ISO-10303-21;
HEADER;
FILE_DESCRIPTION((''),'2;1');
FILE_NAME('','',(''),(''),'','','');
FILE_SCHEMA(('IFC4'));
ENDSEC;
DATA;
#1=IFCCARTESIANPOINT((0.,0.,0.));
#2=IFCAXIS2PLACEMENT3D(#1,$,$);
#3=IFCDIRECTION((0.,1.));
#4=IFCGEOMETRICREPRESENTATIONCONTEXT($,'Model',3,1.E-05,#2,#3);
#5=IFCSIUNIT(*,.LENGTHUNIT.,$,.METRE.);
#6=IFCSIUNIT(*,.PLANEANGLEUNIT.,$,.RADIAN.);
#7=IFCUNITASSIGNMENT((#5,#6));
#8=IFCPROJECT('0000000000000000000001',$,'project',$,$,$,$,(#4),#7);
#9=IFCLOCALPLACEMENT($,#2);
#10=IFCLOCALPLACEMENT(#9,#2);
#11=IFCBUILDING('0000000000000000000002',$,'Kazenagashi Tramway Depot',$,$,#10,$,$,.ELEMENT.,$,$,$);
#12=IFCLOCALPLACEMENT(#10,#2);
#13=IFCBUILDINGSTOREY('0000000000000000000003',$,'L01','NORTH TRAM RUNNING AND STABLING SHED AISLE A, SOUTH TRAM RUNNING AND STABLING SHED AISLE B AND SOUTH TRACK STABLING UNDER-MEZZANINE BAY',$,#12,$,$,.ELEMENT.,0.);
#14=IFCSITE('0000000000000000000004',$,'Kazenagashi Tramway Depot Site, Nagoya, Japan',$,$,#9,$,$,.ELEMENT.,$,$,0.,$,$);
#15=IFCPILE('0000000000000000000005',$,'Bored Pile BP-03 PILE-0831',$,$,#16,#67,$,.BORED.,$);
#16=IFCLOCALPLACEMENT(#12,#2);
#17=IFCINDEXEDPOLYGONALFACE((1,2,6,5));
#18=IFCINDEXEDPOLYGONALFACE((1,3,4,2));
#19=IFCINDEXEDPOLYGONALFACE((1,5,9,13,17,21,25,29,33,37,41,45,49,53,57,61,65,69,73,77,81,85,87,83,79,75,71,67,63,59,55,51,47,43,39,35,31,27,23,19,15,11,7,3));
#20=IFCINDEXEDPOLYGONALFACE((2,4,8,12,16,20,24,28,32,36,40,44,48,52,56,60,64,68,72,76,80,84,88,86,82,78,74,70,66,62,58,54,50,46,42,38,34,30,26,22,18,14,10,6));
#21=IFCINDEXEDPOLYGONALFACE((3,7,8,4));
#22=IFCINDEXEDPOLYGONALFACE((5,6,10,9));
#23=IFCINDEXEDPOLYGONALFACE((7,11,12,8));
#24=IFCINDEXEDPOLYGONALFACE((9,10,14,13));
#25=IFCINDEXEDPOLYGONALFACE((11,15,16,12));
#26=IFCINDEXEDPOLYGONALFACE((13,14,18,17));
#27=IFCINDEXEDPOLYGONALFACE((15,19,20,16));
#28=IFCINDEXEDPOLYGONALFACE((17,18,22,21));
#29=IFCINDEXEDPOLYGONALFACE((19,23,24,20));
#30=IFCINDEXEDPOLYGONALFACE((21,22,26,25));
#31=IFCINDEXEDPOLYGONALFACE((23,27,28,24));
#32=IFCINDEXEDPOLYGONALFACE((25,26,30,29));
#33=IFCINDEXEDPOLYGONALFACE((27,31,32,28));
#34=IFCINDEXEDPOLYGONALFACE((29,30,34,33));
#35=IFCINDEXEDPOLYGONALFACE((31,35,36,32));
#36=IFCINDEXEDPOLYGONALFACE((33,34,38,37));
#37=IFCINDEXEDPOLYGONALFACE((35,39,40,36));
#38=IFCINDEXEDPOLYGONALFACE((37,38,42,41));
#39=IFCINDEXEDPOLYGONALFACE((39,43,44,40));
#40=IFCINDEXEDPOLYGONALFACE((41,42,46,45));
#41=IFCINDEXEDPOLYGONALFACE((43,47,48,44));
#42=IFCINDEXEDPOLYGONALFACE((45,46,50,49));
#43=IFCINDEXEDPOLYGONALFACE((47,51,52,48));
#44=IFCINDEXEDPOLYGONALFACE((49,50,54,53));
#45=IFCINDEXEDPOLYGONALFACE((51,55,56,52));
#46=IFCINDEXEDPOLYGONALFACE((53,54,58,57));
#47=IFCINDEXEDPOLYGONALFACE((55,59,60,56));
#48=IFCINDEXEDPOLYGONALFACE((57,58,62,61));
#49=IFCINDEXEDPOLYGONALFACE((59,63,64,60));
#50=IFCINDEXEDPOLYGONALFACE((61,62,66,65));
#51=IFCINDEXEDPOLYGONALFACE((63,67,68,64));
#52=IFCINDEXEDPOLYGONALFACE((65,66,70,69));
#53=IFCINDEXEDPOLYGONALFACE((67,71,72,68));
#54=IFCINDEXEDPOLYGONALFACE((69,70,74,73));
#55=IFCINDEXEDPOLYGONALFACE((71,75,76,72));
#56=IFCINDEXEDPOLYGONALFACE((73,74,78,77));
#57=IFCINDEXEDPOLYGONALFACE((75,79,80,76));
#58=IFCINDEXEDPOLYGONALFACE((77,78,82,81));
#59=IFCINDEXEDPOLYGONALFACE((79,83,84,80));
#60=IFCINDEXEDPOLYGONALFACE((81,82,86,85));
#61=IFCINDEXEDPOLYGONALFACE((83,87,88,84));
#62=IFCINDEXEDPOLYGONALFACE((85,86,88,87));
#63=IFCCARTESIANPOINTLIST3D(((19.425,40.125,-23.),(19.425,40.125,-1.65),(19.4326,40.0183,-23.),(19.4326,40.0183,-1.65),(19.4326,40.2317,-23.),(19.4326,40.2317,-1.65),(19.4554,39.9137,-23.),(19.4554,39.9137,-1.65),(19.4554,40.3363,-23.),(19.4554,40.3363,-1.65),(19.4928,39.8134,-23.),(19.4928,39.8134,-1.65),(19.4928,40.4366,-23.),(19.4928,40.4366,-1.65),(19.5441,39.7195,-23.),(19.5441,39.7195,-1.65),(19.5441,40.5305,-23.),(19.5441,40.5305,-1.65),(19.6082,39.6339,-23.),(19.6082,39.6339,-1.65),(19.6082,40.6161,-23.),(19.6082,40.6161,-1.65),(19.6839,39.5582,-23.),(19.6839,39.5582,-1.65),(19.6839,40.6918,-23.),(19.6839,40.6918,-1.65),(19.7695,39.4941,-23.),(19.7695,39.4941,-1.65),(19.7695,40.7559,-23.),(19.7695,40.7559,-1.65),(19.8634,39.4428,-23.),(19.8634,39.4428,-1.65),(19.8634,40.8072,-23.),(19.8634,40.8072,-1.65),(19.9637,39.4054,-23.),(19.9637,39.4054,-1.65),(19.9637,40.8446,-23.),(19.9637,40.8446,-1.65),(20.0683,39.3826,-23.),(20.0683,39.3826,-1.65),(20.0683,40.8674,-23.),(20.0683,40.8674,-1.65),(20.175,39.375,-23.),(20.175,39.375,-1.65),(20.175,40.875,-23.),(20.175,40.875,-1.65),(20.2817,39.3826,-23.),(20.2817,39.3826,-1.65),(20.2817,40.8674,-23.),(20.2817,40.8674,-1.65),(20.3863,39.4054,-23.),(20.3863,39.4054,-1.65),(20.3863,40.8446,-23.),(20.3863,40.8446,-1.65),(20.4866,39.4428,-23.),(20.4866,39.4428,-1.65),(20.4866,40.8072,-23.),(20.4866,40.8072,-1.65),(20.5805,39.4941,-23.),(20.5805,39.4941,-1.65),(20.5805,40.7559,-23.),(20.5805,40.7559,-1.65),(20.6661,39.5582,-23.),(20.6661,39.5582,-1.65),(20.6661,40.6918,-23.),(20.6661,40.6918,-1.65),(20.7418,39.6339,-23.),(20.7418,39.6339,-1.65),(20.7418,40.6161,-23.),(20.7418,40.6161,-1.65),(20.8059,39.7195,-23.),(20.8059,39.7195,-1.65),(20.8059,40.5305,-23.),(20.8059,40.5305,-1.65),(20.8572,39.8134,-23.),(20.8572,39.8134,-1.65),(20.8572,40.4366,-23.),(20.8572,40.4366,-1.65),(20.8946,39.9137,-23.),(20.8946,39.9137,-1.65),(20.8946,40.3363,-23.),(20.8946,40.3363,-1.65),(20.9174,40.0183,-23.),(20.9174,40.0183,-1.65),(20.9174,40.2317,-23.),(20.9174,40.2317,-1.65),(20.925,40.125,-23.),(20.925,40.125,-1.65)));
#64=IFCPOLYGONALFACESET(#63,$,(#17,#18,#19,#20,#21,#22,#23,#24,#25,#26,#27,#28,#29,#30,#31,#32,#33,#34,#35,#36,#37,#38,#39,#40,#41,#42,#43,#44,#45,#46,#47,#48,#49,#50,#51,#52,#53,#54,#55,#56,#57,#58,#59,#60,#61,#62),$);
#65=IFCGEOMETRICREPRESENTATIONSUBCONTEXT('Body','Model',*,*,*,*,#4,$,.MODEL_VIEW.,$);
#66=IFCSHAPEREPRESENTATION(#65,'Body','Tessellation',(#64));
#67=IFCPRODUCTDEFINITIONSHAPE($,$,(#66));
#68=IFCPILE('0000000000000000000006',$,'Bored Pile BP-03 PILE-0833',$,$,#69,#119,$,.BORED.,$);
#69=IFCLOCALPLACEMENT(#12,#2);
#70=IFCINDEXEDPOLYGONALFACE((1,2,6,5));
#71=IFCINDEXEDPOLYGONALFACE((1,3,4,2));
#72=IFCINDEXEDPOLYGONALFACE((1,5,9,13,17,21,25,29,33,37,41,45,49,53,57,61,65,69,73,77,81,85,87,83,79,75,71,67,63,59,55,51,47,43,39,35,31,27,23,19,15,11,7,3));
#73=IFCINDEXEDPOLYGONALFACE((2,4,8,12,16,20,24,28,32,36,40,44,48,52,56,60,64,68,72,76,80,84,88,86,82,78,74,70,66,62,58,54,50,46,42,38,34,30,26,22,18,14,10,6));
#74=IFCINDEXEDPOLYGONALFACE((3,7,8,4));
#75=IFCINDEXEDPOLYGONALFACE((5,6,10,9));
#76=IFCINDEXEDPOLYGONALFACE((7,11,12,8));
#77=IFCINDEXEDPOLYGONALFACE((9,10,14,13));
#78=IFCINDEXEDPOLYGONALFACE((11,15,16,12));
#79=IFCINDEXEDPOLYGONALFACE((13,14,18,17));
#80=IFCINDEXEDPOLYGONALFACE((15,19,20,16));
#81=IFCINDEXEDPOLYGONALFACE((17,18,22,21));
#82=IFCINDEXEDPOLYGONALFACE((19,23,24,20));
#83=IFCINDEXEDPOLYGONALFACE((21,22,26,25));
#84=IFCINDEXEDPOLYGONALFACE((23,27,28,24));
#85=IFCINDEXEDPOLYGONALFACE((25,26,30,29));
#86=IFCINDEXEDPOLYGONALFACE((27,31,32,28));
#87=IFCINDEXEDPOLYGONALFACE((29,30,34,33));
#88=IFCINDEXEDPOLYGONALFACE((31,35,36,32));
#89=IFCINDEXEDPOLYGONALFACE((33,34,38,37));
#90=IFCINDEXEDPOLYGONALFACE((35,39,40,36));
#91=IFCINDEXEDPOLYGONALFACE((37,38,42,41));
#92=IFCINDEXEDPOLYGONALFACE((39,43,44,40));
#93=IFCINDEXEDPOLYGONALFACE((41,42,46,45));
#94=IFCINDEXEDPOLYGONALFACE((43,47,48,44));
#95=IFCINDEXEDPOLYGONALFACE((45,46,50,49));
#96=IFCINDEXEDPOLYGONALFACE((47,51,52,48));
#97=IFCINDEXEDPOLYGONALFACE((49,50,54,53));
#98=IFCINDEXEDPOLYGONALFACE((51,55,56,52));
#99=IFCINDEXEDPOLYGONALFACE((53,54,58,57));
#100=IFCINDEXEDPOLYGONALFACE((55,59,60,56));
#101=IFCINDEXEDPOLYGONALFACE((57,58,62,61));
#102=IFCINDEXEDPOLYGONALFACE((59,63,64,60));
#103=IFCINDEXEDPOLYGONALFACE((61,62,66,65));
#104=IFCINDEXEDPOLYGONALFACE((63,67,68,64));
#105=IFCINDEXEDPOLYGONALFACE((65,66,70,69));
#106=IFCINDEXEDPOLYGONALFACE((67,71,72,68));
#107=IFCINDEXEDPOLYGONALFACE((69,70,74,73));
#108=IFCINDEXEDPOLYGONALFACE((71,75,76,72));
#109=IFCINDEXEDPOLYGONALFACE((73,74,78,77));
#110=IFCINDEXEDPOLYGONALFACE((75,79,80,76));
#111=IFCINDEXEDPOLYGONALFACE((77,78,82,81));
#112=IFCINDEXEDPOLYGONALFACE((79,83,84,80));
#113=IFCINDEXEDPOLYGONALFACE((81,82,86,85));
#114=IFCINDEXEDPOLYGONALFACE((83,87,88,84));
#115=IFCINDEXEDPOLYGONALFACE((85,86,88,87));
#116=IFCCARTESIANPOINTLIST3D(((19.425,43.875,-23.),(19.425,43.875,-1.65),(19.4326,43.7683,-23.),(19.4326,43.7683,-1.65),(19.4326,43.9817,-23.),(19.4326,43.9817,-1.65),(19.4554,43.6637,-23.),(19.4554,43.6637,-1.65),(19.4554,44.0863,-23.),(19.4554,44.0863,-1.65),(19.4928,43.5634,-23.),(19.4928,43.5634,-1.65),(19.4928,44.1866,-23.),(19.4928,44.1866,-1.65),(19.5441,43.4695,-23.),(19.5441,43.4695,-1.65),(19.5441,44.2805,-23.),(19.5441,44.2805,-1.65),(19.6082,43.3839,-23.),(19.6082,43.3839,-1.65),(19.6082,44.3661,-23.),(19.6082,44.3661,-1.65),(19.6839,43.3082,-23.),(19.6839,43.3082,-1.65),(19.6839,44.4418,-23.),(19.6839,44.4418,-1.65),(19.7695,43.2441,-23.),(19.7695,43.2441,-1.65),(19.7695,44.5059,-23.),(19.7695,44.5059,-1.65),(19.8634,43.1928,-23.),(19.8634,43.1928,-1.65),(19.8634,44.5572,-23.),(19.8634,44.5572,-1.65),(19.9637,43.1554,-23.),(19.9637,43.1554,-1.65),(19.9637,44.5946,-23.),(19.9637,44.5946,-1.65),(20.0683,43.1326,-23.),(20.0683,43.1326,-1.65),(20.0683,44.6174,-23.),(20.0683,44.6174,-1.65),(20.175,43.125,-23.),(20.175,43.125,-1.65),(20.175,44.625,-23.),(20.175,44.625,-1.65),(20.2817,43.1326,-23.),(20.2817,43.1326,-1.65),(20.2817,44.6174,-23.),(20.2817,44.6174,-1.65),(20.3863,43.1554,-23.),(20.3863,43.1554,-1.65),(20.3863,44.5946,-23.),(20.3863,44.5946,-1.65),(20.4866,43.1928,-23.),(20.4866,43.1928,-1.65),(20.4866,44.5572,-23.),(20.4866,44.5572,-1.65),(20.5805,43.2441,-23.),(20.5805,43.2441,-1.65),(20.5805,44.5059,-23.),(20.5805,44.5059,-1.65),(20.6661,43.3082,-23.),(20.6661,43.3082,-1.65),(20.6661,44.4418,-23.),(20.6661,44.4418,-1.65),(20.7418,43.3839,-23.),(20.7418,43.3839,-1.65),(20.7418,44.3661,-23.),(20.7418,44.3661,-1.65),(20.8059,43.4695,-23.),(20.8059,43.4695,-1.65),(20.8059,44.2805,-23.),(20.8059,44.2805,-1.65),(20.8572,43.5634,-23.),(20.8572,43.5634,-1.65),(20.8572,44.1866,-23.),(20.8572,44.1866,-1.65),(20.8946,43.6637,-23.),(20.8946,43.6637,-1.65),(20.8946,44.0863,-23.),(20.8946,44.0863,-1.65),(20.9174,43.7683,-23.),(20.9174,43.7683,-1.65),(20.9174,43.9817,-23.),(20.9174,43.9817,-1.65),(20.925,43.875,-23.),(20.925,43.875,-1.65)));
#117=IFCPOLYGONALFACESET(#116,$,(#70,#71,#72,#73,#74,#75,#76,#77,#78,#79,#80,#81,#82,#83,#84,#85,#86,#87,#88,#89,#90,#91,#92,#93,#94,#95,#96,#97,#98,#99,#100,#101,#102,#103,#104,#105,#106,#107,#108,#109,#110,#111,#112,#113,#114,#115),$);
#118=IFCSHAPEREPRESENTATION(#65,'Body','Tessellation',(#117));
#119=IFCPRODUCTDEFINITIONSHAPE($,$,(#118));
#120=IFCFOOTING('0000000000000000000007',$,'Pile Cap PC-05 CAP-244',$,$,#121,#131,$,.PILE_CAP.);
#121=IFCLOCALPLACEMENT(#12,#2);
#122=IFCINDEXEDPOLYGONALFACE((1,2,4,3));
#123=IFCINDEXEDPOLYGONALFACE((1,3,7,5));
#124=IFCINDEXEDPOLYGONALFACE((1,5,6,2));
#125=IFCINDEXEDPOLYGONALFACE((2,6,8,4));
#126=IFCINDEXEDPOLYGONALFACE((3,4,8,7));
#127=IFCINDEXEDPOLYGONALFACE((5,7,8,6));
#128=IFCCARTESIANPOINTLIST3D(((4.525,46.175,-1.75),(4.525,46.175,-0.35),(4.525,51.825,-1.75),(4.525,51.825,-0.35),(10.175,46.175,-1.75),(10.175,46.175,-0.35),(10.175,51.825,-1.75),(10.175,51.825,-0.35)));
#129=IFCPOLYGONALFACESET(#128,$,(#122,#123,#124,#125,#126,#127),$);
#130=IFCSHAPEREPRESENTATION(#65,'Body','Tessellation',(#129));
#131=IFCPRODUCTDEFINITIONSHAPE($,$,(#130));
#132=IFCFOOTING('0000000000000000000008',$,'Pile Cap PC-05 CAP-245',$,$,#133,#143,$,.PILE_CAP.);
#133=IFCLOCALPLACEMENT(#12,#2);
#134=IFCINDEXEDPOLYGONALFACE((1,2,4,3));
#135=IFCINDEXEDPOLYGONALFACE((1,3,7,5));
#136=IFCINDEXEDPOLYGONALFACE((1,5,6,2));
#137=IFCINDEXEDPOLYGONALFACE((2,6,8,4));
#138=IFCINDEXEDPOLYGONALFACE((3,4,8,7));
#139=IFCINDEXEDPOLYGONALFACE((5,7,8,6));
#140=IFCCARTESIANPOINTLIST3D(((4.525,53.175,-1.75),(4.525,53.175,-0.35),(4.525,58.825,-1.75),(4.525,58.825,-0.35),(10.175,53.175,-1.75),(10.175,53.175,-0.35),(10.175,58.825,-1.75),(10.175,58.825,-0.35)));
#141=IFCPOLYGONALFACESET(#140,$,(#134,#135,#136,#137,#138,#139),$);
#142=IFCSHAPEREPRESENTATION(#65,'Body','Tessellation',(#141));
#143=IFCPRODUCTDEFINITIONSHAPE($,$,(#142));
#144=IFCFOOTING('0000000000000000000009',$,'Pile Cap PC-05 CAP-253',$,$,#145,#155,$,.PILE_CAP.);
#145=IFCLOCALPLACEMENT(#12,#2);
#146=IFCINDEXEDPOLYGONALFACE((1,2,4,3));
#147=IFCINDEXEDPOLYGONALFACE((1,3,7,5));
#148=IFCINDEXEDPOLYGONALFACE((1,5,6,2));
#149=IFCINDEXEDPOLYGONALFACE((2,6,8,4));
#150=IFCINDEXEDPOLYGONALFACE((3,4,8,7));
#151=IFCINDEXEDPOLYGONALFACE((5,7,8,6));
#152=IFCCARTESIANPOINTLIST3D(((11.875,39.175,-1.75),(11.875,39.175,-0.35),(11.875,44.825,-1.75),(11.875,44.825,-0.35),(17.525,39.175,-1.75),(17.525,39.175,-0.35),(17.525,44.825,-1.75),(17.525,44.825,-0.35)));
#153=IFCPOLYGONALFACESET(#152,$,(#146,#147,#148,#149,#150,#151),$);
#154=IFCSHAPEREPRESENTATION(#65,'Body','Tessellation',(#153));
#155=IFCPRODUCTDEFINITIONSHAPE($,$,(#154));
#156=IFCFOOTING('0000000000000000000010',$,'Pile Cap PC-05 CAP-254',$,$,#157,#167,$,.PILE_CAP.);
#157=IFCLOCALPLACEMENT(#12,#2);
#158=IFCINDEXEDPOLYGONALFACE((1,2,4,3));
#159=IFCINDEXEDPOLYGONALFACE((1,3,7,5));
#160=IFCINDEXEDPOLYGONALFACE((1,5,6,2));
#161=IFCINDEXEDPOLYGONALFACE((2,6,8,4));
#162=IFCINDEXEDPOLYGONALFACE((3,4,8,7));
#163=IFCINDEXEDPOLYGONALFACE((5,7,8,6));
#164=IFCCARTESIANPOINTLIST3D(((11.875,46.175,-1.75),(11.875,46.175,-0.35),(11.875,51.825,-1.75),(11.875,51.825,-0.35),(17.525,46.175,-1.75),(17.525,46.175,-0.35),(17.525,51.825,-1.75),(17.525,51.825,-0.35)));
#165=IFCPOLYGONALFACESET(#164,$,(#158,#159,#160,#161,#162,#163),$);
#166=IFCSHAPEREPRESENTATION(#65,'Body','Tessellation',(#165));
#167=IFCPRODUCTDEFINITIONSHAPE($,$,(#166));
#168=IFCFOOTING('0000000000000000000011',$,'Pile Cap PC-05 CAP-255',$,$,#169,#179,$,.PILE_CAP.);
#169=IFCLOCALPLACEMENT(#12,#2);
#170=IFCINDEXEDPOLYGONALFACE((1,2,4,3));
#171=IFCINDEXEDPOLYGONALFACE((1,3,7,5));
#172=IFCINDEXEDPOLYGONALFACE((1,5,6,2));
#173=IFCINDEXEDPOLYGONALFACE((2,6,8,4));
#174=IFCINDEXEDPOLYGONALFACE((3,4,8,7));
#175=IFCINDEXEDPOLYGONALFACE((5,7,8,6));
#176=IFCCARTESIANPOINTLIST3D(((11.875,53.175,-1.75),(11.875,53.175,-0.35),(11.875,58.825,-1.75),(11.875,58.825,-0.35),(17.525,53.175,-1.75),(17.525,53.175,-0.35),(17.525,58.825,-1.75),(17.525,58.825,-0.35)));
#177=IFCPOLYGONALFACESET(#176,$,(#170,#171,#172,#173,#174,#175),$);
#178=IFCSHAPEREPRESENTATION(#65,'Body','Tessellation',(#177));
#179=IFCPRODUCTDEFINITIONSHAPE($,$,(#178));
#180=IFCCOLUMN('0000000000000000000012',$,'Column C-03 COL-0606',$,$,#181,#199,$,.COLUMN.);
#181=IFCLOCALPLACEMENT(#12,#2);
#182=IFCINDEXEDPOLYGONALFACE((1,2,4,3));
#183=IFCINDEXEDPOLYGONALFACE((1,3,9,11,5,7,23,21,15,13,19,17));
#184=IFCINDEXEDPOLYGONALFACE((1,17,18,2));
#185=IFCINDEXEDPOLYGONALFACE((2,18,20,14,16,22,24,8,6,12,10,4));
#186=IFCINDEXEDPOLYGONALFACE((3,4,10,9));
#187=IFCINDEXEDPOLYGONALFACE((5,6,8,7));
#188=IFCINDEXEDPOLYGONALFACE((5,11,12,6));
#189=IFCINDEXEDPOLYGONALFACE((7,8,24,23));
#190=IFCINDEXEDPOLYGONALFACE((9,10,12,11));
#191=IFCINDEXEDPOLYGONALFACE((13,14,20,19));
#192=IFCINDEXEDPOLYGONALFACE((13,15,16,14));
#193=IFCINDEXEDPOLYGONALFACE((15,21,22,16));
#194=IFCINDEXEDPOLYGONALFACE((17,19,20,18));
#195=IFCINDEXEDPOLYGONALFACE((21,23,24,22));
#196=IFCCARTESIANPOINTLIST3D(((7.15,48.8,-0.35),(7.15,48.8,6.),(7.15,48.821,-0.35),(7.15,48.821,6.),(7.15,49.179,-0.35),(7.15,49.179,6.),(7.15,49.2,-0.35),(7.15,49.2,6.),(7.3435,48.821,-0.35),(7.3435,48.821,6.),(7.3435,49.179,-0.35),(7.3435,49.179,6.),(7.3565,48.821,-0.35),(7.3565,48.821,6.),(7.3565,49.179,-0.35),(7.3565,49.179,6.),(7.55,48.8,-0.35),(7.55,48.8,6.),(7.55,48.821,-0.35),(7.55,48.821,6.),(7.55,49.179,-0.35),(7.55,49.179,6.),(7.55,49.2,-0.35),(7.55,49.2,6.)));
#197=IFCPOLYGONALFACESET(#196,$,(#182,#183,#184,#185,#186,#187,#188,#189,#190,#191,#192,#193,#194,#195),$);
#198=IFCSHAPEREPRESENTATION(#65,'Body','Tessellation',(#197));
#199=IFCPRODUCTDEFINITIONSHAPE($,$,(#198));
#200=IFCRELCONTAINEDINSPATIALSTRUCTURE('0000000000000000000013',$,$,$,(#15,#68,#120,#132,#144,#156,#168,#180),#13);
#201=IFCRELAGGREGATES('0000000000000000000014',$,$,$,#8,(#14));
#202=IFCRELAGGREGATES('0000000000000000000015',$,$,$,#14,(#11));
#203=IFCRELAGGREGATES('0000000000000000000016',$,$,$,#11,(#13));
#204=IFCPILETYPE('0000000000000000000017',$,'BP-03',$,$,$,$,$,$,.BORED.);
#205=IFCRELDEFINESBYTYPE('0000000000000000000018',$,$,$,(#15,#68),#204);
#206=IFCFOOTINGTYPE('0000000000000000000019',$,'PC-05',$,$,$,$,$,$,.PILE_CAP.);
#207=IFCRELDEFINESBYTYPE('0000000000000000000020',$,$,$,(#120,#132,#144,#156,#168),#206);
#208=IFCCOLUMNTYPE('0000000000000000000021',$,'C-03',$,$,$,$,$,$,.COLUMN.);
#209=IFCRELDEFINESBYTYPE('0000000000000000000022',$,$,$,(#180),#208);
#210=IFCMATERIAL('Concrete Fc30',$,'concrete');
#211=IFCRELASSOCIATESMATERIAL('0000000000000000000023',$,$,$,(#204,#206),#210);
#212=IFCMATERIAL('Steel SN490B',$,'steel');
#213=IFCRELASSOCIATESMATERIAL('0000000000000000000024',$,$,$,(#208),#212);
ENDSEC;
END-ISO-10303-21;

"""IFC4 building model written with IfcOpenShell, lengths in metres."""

from ifc_helpers import new_model, si_unit, direction, frame, origin, origin_2d, place, context, subcontext, project, spatial, rectangle, circle, i_section, extrude, material, material_profile, profile_set, type_object, element, save


model = new_model("IFC4")

# Units and contexts
model_context = context("Model", 3, precision=1e-05, world=origin(), true_north=direction((0.0, 1.0)))
body_context = subcontext(model_context, "Body", "Model", "MODEL_VIEW")
ifc_project = project(units=[si_unit("LENGTHUNIT", "METRE"), si_unit("PLANEANGLEUNIT", "RADIAN")], contexts=[model_context])

# Site, building, storey
site_placement = place(None, origin())
site = spatial("IfcSite", under=ifc_project, at=site_placement, Name="Kazenagashi Tramway Depot Site, Nagoya, Japan", CompositionType="ELEMENT", RefElevation=0.0)
building_placement = place(site_placement, origin())
building = spatial("IfcBuilding", under=site, at=building_placement, Name="Kazenagashi Tramway Depot", CompositionType="ELEMENT")
storey_placement = place(building_placement, origin())
storey = spatial("IfcBuildingStorey", under=building, at=storey_placement, Name="L01", Description="NORTH TRAM RUNNING AND STABLING SHED AISLE A, SOUTH TRAM RUNNING AND STABLING SHED AISLE B AND SOUTH TRACK STABLING UNDER-MEZZANINE BAY", CompositionType="ELEMENT", Elevation=0.0)

# Piles
ifc_material_1 = material(Name="Concrete Fc30", Category="concrete")
ifc_material_profile_1 = material_profile(ifc_material_1, circle(Radius=0.75, at=origin_2d()), Name="PILE-1500")
ifc_profile_set_1 = profile_set([ifc_material_profile_1], Name="Concrete Fc30")
pile_type = type_object("IfcPileType", Name="BP-03", PredefinedType="BORED", material=ifc_profile_set_1)
for number, where, z_axis, x_axis, name in (
    (1, (20.175, 40.125, -1.65), (0.0, 0.0, -1.0), (1.0, 0.0, 0.0), "Bored Pile BP-03 PILE-0831"),
    (2, (20.175, 43.875, -1.65), (0.0, 0.0, -1.0), (1.0, 0.0, 0.0), "Bored Pile BP-03 PILE-0833"),
):
    element("IfcPile", number, at=place(storey_placement, frame(where, z_axis=z_axis, x_axis=x_axis)), inside=storey, type_object=pile_type, Name=name, PredefinedType="BORED", context=body_context, shape_type="SweptSolid", body=[
        extrude(circle(Radius=0.75, at=origin_2d()), origin(), (0.0, 0.0, 1.0), 21.35),
    ])

# Footings
footing_type = type_object("IfcFootingType", Name="PC-05", PredefinedType="PILE_CAP", material=ifc_material_1)
for number, where, z_axis, x_axis, name in (
    (3, (7.35, 49.0, -1.75), (0.0, 0.0, 1.0), (1.0, 0.0, 0.0), "Pile Cap PC-05 CAP-244"),
    (4, (7.35, 56.0, -1.75), (0.0, 0.0, 1.0), (1.0, 0.0, 0.0), "Pile Cap PC-05 CAP-245"),
    (5, (14.7, 42.0, -1.75), (0.0, 0.0, 1.0), (1.0, 0.0, 0.0), "Pile Cap PC-05 CAP-253"),
    (6, (14.7, 49.0, -1.75), (0.0, 0.0, 1.0), (1.0, 0.0, 0.0), "Pile Cap PC-05 CAP-254"),
    (7, (14.7, 56.0, -1.75), (0.0, 0.0, 1.0), (1.0, 0.0, 0.0), "Pile Cap PC-05 CAP-255"),
):
    element("IfcFooting", number, at=place(storey_placement, frame(where, z_axis=z_axis, x_axis=x_axis)), inside=storey, type_object=footing_type, Name=name, PredefinedType="PILE_CAP", context=body_context, shape_type="SweptSolid", body=[
        extrude(rectangle(XDim=5.65, YDim=5.65, at=origin_2d()), origin(), (0.0, 0.0, 1.0), 1.4),
    ])

# Column
ifc_material_2 = material(Name="Steel SN490B", Category="steel")
ifc_material_profile_2 = material_profile(ifc_material_2, i_section(OverallWidth=0.4, OverallDepth=0.4, WebThickness=0.013, FlangeThickness=0.021, at=origin_2d()), Name="H-400x400x13x21")
ifc_profile_set_2 = profile_set([ifc_material_profile_2], Name="Steel SN490B")
column_type = type_object("IfcColumnType", Name="C-03", PredefinedType="COLUMN", material=ifc_profile_set_2)
for number, where, z_axis, x_axis, name in (
    (8, (7.35, 49.0, -0.35), (0.0, 0.0, 1.0), (1.0, 0.0, 0.0), "Column C-03 COL-0606"),
):
    element("IfcColumn", number, at=place(storey_placement, frame(where, z_axis=z_axis, x_axis=x_axis)), inside=storey, type_object=column_type, Name=name, PredefinedType="COLUMN", context=body_context, shape_type="SweptSolid", body=[
        extrude(i_section(OverallWidth=0.4, OverallDepth=0.4, WebThickness=0.013, FlangeThickness=0.021, at=origin_2d()), origin(), (0.0, 0.0, 1.0), 6.35),
    ])

save(model, "model.ifc")
